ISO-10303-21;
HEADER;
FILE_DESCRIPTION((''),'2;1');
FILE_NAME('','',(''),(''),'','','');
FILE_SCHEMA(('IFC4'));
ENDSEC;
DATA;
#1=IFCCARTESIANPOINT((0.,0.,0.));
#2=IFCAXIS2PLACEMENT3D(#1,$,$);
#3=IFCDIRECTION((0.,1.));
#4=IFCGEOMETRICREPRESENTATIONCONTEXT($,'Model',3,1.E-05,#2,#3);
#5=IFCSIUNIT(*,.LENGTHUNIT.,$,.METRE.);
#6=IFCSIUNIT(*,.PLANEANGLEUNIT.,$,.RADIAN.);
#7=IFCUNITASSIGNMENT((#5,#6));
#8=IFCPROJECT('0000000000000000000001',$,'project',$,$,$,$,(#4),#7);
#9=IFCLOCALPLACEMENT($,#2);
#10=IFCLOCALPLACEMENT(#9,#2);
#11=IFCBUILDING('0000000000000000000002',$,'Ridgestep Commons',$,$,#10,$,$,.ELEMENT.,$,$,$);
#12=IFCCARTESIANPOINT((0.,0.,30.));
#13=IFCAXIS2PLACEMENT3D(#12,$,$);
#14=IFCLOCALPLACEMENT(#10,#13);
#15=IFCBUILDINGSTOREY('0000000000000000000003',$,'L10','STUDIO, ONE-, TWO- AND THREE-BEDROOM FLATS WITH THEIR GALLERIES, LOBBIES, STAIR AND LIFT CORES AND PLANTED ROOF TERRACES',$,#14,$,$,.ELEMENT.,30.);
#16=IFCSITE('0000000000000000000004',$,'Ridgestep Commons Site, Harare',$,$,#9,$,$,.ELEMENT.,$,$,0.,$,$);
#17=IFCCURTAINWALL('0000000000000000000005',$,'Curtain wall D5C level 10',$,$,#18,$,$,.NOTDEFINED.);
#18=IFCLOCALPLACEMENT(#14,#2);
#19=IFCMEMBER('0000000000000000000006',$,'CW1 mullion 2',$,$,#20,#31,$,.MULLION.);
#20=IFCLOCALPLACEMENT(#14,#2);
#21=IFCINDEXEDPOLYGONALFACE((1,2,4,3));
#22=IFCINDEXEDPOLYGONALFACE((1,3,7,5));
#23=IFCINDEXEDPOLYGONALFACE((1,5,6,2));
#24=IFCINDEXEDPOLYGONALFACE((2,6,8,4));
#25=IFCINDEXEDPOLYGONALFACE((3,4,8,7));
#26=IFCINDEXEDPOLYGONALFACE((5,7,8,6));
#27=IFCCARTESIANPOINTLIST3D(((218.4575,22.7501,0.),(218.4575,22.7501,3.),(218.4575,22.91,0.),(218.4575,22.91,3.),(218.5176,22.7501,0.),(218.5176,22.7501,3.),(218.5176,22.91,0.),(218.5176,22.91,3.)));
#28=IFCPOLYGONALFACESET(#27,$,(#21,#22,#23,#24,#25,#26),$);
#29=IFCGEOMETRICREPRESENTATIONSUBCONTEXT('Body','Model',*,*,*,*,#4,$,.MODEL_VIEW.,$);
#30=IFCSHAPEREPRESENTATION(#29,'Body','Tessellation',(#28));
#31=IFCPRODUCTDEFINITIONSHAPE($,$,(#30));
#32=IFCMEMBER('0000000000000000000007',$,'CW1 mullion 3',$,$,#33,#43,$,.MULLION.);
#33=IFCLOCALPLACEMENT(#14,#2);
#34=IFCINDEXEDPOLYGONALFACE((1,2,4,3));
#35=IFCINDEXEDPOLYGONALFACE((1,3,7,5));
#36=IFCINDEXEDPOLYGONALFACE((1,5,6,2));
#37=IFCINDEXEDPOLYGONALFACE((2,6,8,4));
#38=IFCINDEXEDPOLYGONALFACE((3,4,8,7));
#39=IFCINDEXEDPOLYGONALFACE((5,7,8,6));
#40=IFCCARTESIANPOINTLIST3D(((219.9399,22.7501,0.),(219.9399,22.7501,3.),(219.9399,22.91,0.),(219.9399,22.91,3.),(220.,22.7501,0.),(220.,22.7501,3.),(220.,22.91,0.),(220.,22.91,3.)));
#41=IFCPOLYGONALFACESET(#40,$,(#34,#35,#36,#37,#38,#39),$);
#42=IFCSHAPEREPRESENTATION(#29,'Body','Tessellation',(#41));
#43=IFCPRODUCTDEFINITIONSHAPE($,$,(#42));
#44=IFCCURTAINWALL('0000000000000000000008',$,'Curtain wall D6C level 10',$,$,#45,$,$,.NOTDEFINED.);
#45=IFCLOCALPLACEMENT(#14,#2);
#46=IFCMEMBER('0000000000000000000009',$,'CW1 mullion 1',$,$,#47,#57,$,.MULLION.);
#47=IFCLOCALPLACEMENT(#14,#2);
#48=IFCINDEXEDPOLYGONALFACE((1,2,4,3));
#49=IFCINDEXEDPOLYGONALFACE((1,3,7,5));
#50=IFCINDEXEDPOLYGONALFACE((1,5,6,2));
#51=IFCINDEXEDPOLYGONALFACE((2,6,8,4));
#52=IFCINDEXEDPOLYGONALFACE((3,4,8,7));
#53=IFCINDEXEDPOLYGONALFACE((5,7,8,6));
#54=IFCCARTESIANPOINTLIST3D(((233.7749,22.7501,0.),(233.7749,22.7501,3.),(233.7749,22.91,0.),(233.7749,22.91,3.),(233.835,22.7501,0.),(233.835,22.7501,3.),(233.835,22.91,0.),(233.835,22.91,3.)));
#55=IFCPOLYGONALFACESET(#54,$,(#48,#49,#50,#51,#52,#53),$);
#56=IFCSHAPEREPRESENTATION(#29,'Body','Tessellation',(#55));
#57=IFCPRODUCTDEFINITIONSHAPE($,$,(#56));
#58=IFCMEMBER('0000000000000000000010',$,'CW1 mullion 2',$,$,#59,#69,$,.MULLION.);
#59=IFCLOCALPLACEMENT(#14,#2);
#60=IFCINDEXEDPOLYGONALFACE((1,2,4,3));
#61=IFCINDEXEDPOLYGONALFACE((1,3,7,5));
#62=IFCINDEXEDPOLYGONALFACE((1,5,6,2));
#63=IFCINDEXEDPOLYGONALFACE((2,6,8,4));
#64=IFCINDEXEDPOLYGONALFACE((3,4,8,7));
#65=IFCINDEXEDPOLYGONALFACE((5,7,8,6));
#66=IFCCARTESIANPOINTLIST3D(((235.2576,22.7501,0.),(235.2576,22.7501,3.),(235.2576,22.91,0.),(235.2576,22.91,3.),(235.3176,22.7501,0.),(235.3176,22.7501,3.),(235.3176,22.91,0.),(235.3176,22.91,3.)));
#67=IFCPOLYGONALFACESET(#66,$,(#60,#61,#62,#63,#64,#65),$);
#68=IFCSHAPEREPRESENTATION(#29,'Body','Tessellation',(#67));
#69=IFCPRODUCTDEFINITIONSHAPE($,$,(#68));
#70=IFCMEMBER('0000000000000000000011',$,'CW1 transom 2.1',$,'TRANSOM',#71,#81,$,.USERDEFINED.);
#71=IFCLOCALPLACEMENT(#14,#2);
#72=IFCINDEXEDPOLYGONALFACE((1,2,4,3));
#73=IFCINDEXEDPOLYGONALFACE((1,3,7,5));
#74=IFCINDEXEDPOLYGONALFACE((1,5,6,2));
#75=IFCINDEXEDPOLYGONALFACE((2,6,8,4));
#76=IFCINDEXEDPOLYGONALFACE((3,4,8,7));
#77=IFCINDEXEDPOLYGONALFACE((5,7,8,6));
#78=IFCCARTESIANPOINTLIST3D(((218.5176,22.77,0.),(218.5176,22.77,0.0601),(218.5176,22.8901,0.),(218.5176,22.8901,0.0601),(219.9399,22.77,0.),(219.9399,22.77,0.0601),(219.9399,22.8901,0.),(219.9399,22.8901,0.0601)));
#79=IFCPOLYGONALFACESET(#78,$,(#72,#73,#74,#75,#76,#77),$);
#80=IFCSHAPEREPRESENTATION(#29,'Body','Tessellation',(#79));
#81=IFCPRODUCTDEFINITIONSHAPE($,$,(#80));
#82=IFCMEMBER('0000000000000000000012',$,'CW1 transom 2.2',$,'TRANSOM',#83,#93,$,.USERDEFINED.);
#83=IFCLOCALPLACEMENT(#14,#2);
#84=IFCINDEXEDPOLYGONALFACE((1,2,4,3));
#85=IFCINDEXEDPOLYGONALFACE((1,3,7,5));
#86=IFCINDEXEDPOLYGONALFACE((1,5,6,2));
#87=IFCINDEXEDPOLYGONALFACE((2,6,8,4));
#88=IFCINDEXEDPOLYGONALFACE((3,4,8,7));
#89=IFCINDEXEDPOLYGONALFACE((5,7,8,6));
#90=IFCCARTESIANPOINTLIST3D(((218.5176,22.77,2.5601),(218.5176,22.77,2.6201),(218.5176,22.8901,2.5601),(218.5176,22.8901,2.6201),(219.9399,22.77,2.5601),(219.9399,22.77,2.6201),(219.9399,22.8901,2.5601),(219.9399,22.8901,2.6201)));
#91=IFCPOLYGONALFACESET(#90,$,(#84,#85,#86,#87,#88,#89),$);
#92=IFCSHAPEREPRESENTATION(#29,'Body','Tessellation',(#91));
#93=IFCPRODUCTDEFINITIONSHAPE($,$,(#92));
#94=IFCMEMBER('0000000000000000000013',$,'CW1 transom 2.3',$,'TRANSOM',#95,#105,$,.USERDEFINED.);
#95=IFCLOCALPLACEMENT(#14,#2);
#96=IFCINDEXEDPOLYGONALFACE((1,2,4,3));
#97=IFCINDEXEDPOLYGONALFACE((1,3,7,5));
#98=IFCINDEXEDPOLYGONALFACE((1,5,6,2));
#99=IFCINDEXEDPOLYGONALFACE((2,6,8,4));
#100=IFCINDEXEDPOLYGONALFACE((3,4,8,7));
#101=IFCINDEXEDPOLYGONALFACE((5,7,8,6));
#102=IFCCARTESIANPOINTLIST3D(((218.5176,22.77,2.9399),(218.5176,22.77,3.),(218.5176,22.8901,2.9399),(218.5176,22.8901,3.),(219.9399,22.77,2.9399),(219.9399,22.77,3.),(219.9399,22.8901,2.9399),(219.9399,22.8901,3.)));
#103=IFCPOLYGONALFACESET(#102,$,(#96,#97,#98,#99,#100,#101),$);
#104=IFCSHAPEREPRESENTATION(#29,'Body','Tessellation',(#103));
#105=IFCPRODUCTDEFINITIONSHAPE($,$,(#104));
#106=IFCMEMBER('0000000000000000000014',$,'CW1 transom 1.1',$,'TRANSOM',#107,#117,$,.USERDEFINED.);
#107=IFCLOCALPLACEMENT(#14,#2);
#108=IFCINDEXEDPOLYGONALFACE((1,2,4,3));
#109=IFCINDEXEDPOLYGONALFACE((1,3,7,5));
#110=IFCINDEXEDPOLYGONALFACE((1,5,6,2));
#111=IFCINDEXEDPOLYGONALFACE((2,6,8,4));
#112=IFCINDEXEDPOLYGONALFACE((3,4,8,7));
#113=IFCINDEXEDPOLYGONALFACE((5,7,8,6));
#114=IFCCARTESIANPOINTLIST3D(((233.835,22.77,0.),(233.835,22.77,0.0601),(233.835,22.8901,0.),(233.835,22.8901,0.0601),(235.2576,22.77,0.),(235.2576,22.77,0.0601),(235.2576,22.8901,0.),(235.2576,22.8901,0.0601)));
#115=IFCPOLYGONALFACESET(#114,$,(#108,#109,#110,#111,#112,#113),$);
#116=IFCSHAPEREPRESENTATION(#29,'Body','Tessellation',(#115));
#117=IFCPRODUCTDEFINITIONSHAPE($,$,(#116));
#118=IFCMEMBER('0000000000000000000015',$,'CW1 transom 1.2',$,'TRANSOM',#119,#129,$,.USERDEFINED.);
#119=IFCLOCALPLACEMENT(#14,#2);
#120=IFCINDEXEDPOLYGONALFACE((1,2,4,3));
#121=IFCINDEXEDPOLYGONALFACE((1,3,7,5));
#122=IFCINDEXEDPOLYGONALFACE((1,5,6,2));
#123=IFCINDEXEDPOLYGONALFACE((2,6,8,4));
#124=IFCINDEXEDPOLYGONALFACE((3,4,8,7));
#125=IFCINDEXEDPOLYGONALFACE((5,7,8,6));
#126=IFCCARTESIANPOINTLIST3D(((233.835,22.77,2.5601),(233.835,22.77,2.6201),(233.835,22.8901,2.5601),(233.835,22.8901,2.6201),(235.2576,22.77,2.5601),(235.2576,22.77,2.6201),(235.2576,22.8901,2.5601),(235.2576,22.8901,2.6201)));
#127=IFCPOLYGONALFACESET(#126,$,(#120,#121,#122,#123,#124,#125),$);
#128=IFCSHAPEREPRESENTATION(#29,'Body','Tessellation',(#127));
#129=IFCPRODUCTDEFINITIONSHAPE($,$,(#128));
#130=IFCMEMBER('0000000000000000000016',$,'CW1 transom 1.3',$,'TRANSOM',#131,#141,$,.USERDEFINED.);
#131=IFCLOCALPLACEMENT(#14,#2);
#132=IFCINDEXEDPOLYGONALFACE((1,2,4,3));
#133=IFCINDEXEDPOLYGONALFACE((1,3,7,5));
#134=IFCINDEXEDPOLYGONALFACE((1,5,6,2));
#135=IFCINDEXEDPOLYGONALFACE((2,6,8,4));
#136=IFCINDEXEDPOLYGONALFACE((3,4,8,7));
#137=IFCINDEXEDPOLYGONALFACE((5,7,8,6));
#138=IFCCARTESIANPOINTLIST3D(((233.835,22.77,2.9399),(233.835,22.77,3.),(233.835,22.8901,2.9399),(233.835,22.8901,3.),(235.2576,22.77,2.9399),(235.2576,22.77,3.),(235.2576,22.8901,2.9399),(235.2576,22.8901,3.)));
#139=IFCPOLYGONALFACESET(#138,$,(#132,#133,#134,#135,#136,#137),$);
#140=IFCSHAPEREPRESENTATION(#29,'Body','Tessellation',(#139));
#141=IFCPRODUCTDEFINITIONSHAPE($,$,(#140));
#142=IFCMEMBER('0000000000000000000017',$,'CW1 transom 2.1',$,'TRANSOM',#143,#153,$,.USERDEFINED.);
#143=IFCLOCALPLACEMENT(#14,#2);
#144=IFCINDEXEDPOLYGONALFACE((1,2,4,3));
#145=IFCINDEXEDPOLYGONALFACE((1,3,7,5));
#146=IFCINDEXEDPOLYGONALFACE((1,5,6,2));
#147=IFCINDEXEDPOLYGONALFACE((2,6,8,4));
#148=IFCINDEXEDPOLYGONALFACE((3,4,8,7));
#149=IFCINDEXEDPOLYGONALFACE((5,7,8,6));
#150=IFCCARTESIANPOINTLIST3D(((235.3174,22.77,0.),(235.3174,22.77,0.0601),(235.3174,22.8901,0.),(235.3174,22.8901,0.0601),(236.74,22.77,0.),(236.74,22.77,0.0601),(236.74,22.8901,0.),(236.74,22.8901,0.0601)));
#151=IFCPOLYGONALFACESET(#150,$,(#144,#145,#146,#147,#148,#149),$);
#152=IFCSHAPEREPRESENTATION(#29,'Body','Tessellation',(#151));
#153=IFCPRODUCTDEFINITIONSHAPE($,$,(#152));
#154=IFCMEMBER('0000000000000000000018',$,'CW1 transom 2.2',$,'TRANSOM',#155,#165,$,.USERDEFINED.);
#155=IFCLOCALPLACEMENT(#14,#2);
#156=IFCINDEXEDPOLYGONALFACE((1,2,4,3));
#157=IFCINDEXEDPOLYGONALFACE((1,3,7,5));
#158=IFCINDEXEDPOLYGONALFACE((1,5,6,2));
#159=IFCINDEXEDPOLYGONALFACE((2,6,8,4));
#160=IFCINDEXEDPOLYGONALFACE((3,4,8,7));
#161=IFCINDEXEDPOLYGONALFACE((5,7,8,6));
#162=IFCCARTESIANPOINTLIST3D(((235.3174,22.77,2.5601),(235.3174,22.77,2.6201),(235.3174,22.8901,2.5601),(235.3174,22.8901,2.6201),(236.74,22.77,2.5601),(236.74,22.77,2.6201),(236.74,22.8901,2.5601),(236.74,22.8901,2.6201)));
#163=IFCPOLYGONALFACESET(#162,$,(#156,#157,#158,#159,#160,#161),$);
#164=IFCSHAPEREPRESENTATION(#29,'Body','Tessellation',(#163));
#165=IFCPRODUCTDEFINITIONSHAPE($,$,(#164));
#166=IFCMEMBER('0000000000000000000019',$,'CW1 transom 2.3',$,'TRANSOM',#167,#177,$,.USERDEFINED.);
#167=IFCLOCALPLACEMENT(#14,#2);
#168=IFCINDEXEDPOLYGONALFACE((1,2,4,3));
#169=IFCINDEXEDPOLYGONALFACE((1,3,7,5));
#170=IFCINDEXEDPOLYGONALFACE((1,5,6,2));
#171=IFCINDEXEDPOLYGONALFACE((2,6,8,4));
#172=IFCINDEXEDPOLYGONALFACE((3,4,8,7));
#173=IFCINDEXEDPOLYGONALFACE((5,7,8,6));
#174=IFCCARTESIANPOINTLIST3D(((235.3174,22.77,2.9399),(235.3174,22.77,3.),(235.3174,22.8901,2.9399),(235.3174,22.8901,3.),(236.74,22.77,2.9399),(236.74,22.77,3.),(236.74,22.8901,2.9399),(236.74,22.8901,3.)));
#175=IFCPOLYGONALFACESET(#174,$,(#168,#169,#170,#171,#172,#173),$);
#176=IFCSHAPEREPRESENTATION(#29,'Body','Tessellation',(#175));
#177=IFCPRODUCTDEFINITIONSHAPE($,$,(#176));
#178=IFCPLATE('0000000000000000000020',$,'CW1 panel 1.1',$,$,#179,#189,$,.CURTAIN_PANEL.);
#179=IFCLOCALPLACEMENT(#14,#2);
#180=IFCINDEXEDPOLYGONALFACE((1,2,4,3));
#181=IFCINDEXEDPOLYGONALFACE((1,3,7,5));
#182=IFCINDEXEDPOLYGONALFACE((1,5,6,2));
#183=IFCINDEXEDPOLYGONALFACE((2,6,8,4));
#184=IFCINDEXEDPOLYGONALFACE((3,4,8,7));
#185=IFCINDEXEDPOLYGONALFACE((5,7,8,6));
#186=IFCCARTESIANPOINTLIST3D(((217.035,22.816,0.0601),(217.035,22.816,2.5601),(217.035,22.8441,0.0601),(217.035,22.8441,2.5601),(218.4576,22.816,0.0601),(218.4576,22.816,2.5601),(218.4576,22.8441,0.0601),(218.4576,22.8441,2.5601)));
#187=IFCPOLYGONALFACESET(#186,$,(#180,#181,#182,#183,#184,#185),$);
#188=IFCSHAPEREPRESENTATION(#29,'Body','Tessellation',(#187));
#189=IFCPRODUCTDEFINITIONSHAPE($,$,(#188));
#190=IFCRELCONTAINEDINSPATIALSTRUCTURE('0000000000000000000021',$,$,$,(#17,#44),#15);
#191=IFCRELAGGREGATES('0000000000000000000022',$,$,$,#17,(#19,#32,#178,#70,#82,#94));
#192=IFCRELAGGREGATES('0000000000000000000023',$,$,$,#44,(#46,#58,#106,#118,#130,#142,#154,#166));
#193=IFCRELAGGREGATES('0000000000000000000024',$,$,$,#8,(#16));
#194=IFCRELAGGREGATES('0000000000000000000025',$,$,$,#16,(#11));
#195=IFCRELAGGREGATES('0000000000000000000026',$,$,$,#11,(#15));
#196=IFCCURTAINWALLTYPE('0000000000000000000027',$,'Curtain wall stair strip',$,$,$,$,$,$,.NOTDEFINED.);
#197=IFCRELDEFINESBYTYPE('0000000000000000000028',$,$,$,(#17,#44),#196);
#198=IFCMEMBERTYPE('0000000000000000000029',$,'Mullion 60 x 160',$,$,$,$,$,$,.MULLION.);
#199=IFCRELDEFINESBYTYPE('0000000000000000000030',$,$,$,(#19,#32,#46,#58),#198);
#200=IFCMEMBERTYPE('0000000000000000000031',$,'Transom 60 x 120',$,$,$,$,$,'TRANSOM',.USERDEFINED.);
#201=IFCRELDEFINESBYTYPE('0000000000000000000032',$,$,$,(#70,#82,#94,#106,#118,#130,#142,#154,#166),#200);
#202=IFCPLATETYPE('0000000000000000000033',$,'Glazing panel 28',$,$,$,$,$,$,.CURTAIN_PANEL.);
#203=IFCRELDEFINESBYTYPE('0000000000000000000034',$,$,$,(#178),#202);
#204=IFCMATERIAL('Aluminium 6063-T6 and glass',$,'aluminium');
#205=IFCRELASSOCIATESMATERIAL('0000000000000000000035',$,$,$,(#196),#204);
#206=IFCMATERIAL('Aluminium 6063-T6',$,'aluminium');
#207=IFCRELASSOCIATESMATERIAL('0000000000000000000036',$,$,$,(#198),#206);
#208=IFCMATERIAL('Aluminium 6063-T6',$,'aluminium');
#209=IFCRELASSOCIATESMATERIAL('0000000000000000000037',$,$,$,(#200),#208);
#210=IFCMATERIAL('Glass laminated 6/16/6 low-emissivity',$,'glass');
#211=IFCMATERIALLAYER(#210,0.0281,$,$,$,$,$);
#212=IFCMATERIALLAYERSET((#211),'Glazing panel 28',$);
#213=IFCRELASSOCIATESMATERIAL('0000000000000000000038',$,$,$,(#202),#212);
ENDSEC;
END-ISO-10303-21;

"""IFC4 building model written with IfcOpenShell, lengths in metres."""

from ifc_helpers import new_model, si_unit, direction, frame, origin, origin_2d, place, context, subcontext, project, spatial, rectangle, extrude, material, layer, layer_set, material_profile, profile_set, type_object, element, aggregate, save


model = new_model("IFC4")

# Units and contexts
model_context = context("Model", 3, precision=1e-05, world=origin(), true_north=direction((0.0, 1.0)))
body_context = subcontext(model_context, "Body", "Model", "MODEL_VIEW")
ifc_project = project(units=[si_unit("LENGTHUNIT", "METRE"), si_unit("PLANEANGLEUNIT", "RADIAN")], contexts=[model_context])

# Site, building, storey
site_placement = place(None, origin())
site = spatial("IfcSite", under=ifc_project, at=site_placement, Name="Ridgestep Commons Site, Harare", CompositionType="ELEMENT", RefElevation=0.0)
building_placement = place(site_placement, origin())
building = spatial("IfcBuilding", under=site, at=building_placement, Name="Ridgestep Commons", CompositionType="ELEMENT")
storey_placement = place(building_placement, frame((0.0, 0.0, 30.0)))
storey = spatial("IfcBuildingStorey", under=building, at=storey_placement, Name="L10", Description="STUDIO, ONE-, TWO- AND THREE-BEDROOM FLATS WITH THEIR GALLERIES, LOBBIES, STAIR AND LIFT CORES AND PLANTED ROOF TERRACES", CompositionType="ELEMENT", Elevation=30.0)

# Curtain walls, members
ifc_material_1 = material(Name="Aluminium 6063-T6 and glass", Category="aluminium")
curtain_wall_type = type_object("IfcCurtainWallType", Name="Curtain wall stair strip", PredefinedType="NOTDEFINED", material=ifc_material_1)
curtain_wall_1_placement = place(storey_placement, origin())
curtain_wall_1 = element("IfcCurtainWall", 1, at=curtain_wall_1_placement, inside=storey, type_object=curtain_wall_type, Name="Curtain wall D5C level 10", PredefinedType="NOTDEFINED")
ifc_material_2 = material(Name="Aluminium 6063-T6", Category="aluminium")
ifc_material_profile_1 = material_profile(ifc_material_2, rectangle(XDim=0.1599, YDim=0.0601, at=origin_2d()), Name="Mullion 60 x 160")
ifc_profile_set_1 = profile_set([ifc_material_profile_1], Name="Aluminium 6063-T6")
member_type_1 = type_object("IfcMemberType", Name="Mullion 60 x 160", PredefinedType="MULLION", material=ifc_profile_set_1)
member_1_placement = place(storey_placement, frame((218.4875, 22.8301, 0.0), z_axis=(0.0, 0.0, 1.0), x_axis=(0.0, 1.0, 0.0)))
member_1 = element("IfcMember", 2, at=member_1_placement, type_object=member_type_1, Name="CW1 mullion 2", PredefinedType="MULLION", context=body_context, shape_type="SweptSolid", body=[
    extrude(rectangle(XDim=0.1599, YDim=0.0601, at=origin_2d()), origin(), (0.0, 0.0, 1.0), 3.0),
])
member_2_placement = place(storey_placement, frame((219.97, 22.8301, 0.0), z_axis=(0.0, 0.0, 1.0), x_axis=(0.0, 1.0, 0.0)))
member_2 = element("IfcMember", 3, at=member_2_placement, type_object=member_type_1, Name="CW1 mullion 3", PredefinedType="MULLION", context=body_context, shape_type="SweptSolid", body=[
    extrude(rectangle(XDim=0.1599, YDim=0.0601, at=origin_2d()), origin(), (0.0, 0.0, 1.0), 3.0),
])
curtain_wall_2_placement = place(storey_placement, origin())
curtain_wall_2 = element("IfcCurtainWall", 4, at=curtain_wall_2_placement, inside=storey, type_object=curtain_wall_type, Name="Curtain wall D6C level 10", PredefinedType="NOTDEFINED")
member_3_placement = place(storey_placement, frame((233.8049, 22.8301, 0.0), z_axis=(0.0, 0.0, 1.0), x_axis=(0.0, 1.0, 0.0)))
member_3 = element("IfcMember", 5, at=member_3_placement, type_object=member_type_1, Name="CW1 mullion 1", PredefinedType="MULLION", context=body_context, shape_type="SweptSolid", body=[
    extrude(rectangle(XDim=0.1599, YDim=0.0601, at=origin_2d()), origin(), (0.0, 0.0, 1.0), 3.0),
])
member_4_placement = place(storey_placement, frame((235.2876, 22.8301, 0.0), z_axis=(0.0, 0.0, 1.0), x_axis=(0.0, 1.0, 0.0)))
member_4 = element("IfcMember", 6, at=member_4_placement, type_object=member_type_1, Name="CW1 mullion 2", PredefinedType="MULLION", context=body_context, shape_type="SweptSolid", body=[
    extrude(rectangle(XDim=0.1599, YDim=0.0601, at=origin_2d()), origin(), (0.0, 0.0, 1.0), 3.0),
])

# Members
ifc_material_3 = material(Name="Aluminium 6063-T6", Category="aluminium")
ifc_material_profile_2 = material_profile(ifc_material_3, rectangle(XDim=0.1201, YDim=0.0601, at=origin_2d()), Name="Transom 60 x 120")
ifc_profile_set_2 = profile_set([ifc_material_profile_2], Name="Aluminium 6063-T6")
member_type_2 = type_object("IfcMemberType", Name="Transom 60 x 120", ElementType="TRANSOM", PredefinedType="USERDEFINED", material=ifc_profile_set_2)
member_5_placement = place(storey_placement, frame((218.5176, 22.8301, 0.03), z_axis=(1.0, 0.0, 0.0), x_axis=(0.0, 1.0, 0.0)))
member_5 = element("IfcMember", 7, at=member_5_placement, type_object=member_type_2, Name="CW1 transom 2.1", ObjectType="TRANSOM", PredefinedType="USERDEFINED", context=body_context, shape_type="SweptSolid", body=[
    extrude(rectangle(XDim=0.1201, YDim=0.0601, at=origin_2d()), origin(), (0.0, 0.0, 1.0), 1.4224),
])
member_6_placement = place(storey_placement, frame((218.5176, 22.8301, 2.5901), z_axis=(1.0, 0.0, 0.0), x_axis=(0.0, 1.0, 0.0)))
member_6 = element("IfcMember", 8, at=member_6_placement, type_object=member_type_2, Name="CW1 transom 2.2", ObjectType="TRANSOM", PredefinedType="USERDEFINED", context=body_context, shape_type="SweptSolid", body=[
    extrude(rectangle(XDim=0.1201, YDim=0.0601, at=origin_2d()), origin(), (0.0, 0.0, 1.0), 1.4224),
])
member_7_placement = place(storey_placement, frame((218.5176, 22.8301, 2.97), z_axis=(1.0, 0.0, 0.0), x_axis=(0.0, 1.0, 0.0)))
member_7 = element("IfcMember", 9, at=member_7_placement, type_object=member_type_2, Name="CW1 transom 2.3", ObjectType="TRANSOM", PredefinedType="USERDEFINED", context=body_context, shape_type="SweptSolid", body=[
    extrude(rectangle(XDim=0.1201, YDim=0.0601, at=origin_2d()), origin(), (0.0, 0.0, 1.0), 1.4224),
])
member_8_placement = place(storey_placement, frame((233.835, 22.8301, 0.03), z_axis=(1.0, 0.0, 0.0), x_axis=(0.0, 1.0, 0.0)))
member_8 = element("IfcMember", 10, at=member_8_placement, type_object=member_type_2, Name="CW1 transom 1.1", ObjectType="TRANSOM", PredefinedType="USERDEFINED", context=body_context, shape_type="SweptSolid", body=[
    extrude(rectangle(XDim=0.1201, YDim=0.0601, at=origin_2d()), origin(), (0.0, 0.0, 1.0), 1.4226),
])
member_9_placement = place(storey_placement, frame((233.835, 22.8301, 2.5901), z_axis=(1.0, 0.0, 0.0), x_axis=(0.0, 1.0, 0.0)))
member_9 = element("IfcMember", 11, at=member_9_placement, type_object=member_type_2, Name="CW1 transom 1.2", ObjectType="TRANSOM", PredefinedType="USERDEFINED", context=body_context, shape_type="SweptSolid", body=[
    extrude(rectangle(XDim=0.1201, YDim=0.0601, at=origin_2d()), origin(), (0.0, 0.0, 1.0), 1.4226),
])
member_10_placement = place(storey_placement, frame((233.835, 22.8301, 2.97), z_axis=(1.0, 0.0, 0.0), x_axis=(0.0, 1.0, 0.0)))
member_10 = element("IfcMember", 12, at=member_10_placement, type_object=member_type_2, Name="CW1 transom 1.3", ObjectType="TRANSOM", PredefinedType="USERDEFINED", context=body_context, shape_type="SweptSolid", body=[
    extrude(rectangle(XDim=0.1201, YDim=0.0601, at=origin_2d()), origin(), (0.0, 0.0, 1.0), 1.4226),
])
member_11_placement = place(storey_placement, frame((235.3174, 22.8301, 0.03), z_axis=(1.0, 0.0, 0.0), x_axis=(0.0, 1.0, 0.0)))
member_11 = element("IfcMember", 13, at=member_11_placement, type_object=member_type_2, Name="CW1 transom 2.1", ObjectType="TRANSOM", PredefinedType="USERDEFINED", context=body_context, shape_type="SweptSolid", body=[
    extrude(rectangle(XDim=0.1201, YDim=0.0601, at=origin_2d()), origin(), (0.0, 0.0, 1.0), 1.4226),
])
member_12_placement = place(storey_placement, frame((235.3174, 22.8301, 2.5901), z_axis=(1.0, 0.0, 0.0), x_axis=(0.0, 1.0, 0.0)))
member_12 = element("IfcMember", 14, at=member_12_placement, type_object=member_type_2, Name="CW1 transom 2.2", ObjectType="TRANSOM", PredefinedType="USERDEFINED", context=body_context, shape_type="SweptSolid", body=[
    extrude(rectangle(XDim=0.1201, YDim=0.0601, at=origin_2d()), origin(), (0.0, 0.0, 1.0), 1.4226),
])
member_13_placement = place(storey_placement, frame((235.3174, 22.8301, 2.97), z_axis=(1.0, 0.0, 0.0), x_axis=(0.0, 1.0, 0.0)))
member_13 = element("IfcMember", 15, at=member_13_placement, type_object=member_type_2, Name="CW1 transom 2.3", ObjectType="TRANSOM", PredefinedType="USERDEFINED", context=body_context, shape_type="SweptSolid", body=[
    extrude(rectangle(XDim=0.1201, YDim=0.0601, at=origin_2d()), origin(), (0.0, 0.0, 1.0), 1.4226),
])

# Plate
ifc_material_4 = material(Name="Glass laminated 6/16/6 low-emissivity", Category="glass")
ifc_layer_1 = layer(ifc_material_4, 0.0281)
ifc_layer_set_1 = layer_set([ifc_layer_1], Name="Glazing panel 28")
plate_type_1 = type_object("IfcPlateType", Name="Glazing panel 28", PredefinedType="CURTAIN_PANEL", material=ifc_layer_set_1)
plate_1_placement = place(storey_placement, frame((217.7463, 22.8301, 0.0601), z_axis=(0.0, 0.0, 1.0), x_axis=(1.0, 0.0, 0.0)))
plate_1 = element("IfcPlate", 16, at=plate_1_placement, type_object=plate_type_1, Name="CW1 panel 1.1", PredefinedType="CURTAIN_PANEL", context=body_context, shape_type="SweptSolid", body=[
    extrude(rectangle(XDim=1.4226, YDim=0.0281, at=origin_2d()), origin(), (0.0, 0.0, 1.0), 2.5),
])
aggregate(curtain_wall_1, [member_1, member_2, plate_1, member_5, member_6, member_7])
aggregate(curtain_wall_2, [member_3, member_4, member_8, member_9, member_10, member_11, member_12, member_13])

save(model, "model.ifc")
